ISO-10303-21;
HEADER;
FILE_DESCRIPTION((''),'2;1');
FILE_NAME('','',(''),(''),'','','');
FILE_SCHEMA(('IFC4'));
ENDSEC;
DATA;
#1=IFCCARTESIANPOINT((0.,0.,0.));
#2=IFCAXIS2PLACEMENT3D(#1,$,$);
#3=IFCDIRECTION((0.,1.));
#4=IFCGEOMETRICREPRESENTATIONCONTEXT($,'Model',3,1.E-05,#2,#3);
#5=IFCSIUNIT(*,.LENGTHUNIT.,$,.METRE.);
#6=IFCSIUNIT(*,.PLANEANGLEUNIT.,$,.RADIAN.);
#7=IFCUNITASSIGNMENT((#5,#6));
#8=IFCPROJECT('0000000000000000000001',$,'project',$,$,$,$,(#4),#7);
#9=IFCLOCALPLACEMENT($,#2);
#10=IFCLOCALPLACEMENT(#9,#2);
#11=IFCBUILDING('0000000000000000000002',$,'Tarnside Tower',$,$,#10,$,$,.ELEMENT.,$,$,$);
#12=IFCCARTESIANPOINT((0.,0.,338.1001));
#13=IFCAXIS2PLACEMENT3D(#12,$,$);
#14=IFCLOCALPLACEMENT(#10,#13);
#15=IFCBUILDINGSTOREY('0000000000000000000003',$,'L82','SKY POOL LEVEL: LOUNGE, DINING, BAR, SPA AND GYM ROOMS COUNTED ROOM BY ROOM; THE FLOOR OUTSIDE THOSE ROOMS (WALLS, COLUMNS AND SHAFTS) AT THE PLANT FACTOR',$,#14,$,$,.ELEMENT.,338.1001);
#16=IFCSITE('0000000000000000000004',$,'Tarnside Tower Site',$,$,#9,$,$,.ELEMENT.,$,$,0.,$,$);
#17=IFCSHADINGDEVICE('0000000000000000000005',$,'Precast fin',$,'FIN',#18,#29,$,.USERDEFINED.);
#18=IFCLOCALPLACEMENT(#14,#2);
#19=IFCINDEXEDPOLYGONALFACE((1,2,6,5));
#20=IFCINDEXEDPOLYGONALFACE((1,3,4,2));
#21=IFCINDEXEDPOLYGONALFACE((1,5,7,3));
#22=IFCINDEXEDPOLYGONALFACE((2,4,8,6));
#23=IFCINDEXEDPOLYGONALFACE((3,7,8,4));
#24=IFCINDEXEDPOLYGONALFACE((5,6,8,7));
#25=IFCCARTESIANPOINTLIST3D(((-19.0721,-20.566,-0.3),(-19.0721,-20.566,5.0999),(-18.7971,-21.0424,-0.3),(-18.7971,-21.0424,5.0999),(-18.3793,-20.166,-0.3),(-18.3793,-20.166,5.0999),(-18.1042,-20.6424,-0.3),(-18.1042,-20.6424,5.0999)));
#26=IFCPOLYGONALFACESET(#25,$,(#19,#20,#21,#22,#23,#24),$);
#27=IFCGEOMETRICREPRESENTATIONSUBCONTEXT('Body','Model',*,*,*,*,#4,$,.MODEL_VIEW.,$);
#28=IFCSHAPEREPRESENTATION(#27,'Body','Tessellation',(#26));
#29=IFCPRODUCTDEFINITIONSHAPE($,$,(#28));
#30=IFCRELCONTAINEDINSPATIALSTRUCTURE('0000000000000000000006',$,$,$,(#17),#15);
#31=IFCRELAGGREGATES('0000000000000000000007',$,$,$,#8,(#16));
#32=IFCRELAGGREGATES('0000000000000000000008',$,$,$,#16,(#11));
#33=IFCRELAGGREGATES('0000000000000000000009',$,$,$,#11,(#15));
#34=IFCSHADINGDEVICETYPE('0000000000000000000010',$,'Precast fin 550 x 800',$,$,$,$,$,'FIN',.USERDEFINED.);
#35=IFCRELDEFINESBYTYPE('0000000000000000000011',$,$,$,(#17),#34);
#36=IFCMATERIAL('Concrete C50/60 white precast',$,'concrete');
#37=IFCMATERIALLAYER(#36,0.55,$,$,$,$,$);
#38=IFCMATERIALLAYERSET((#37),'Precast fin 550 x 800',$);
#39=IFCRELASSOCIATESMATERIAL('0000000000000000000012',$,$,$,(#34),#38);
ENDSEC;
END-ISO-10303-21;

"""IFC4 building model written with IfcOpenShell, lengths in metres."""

from ifc_helpers import new_model, si_unit, direction, frame, origin, place, context, subcontext, project, spatial, polyline, outline, extrude, material, layer, layer_set, type_object, element, save


model = new_model("IFC4")

# Units and contexts
model_context = context("Model", 3, precision=1e-05, world=origin(), true_north=direction((0.0, 1.0)))
body_context = subcontext(model_context, "Body", "Model", "MODEL_VIEW")
ifc_project = project(units=[si_unit("LENGTHUNIT", "METRE"), si_unit("PLANEANGLEUNIT", "RADIAN")], contexts=[model_context])

# Site, building, storey
site_placement = place(None, origin())
site = spatial("IfcSite", under=ifc_project, at=site_placement, Name="Tarnside Tower Site", CompositionType="ELEMENT", RefElevation=0.0)
building_placement = place(site_placement, origin())
building = spatial("IfcBuilding", under=site, at=building_placement, Name="Tarnside Tower", CompositionType="ELEMENT")
storey_placement = place(building_placement, frame((0.0, 0.0, 338.1001)))
storey = spatial("IfcBuildingStorey", under=building, at=storey_placement, Name="L82", Description="SKY POOL LEVEL: LOUNGE, DINING, BAR, SPA AND GYM ROOMS COUNTED ROOM BY ROOM; THE FLOOR OUTSIDE THOSE ROOMS (WALLS, COLUMNS AND SHAFTS) AT THE PLANT FACTOR", CompositionType="ELEMENT", Elevation=338.1001)

# Shading device
ifc_material_1 = material(Name="Concrete C50/60 white precast", Category="concrete")
ifc_layer_1 = layer(ifc_material_1, 0.55)
ifc_layer_set_1 = layer_set([ifc_layer_1], Name="Precast fin 550 x 800")
shading_device_type = type_object("IfcShadingDeviceType", Name="Precast fin 550 x 800", ElementType="FIN", PredefinedType="USERDEFINED", material=ifc_layer_set_1)
shading_device_placement = place(storey_placement, frame((-18.2417, -20.4043, -0.3), z_axis=(-0.5, 0.866025, 0.0), x_axis=(-0.866025, -0.5, 0.0)))
element("IfcShadingDevice", 1, at=shading_device_placement, inside=storey, type_object=shading_device_type, Name="Precast fin", ObjectType="FIN", PredefinedType="USERDEFINED", context=body_context, shape_type="SweptSolid", body=[
    extrude(outline(polyline([(0.0, 0.0), (0.8, 0.0), (0.8, 5.3999), (0.0, 5.3999), (0.0, 0.0)])), frame((0.0, 0.0, -0.2749)), (0.0, 0.0, 1.0), 0.55),
])

save(model, "model.ifc")
